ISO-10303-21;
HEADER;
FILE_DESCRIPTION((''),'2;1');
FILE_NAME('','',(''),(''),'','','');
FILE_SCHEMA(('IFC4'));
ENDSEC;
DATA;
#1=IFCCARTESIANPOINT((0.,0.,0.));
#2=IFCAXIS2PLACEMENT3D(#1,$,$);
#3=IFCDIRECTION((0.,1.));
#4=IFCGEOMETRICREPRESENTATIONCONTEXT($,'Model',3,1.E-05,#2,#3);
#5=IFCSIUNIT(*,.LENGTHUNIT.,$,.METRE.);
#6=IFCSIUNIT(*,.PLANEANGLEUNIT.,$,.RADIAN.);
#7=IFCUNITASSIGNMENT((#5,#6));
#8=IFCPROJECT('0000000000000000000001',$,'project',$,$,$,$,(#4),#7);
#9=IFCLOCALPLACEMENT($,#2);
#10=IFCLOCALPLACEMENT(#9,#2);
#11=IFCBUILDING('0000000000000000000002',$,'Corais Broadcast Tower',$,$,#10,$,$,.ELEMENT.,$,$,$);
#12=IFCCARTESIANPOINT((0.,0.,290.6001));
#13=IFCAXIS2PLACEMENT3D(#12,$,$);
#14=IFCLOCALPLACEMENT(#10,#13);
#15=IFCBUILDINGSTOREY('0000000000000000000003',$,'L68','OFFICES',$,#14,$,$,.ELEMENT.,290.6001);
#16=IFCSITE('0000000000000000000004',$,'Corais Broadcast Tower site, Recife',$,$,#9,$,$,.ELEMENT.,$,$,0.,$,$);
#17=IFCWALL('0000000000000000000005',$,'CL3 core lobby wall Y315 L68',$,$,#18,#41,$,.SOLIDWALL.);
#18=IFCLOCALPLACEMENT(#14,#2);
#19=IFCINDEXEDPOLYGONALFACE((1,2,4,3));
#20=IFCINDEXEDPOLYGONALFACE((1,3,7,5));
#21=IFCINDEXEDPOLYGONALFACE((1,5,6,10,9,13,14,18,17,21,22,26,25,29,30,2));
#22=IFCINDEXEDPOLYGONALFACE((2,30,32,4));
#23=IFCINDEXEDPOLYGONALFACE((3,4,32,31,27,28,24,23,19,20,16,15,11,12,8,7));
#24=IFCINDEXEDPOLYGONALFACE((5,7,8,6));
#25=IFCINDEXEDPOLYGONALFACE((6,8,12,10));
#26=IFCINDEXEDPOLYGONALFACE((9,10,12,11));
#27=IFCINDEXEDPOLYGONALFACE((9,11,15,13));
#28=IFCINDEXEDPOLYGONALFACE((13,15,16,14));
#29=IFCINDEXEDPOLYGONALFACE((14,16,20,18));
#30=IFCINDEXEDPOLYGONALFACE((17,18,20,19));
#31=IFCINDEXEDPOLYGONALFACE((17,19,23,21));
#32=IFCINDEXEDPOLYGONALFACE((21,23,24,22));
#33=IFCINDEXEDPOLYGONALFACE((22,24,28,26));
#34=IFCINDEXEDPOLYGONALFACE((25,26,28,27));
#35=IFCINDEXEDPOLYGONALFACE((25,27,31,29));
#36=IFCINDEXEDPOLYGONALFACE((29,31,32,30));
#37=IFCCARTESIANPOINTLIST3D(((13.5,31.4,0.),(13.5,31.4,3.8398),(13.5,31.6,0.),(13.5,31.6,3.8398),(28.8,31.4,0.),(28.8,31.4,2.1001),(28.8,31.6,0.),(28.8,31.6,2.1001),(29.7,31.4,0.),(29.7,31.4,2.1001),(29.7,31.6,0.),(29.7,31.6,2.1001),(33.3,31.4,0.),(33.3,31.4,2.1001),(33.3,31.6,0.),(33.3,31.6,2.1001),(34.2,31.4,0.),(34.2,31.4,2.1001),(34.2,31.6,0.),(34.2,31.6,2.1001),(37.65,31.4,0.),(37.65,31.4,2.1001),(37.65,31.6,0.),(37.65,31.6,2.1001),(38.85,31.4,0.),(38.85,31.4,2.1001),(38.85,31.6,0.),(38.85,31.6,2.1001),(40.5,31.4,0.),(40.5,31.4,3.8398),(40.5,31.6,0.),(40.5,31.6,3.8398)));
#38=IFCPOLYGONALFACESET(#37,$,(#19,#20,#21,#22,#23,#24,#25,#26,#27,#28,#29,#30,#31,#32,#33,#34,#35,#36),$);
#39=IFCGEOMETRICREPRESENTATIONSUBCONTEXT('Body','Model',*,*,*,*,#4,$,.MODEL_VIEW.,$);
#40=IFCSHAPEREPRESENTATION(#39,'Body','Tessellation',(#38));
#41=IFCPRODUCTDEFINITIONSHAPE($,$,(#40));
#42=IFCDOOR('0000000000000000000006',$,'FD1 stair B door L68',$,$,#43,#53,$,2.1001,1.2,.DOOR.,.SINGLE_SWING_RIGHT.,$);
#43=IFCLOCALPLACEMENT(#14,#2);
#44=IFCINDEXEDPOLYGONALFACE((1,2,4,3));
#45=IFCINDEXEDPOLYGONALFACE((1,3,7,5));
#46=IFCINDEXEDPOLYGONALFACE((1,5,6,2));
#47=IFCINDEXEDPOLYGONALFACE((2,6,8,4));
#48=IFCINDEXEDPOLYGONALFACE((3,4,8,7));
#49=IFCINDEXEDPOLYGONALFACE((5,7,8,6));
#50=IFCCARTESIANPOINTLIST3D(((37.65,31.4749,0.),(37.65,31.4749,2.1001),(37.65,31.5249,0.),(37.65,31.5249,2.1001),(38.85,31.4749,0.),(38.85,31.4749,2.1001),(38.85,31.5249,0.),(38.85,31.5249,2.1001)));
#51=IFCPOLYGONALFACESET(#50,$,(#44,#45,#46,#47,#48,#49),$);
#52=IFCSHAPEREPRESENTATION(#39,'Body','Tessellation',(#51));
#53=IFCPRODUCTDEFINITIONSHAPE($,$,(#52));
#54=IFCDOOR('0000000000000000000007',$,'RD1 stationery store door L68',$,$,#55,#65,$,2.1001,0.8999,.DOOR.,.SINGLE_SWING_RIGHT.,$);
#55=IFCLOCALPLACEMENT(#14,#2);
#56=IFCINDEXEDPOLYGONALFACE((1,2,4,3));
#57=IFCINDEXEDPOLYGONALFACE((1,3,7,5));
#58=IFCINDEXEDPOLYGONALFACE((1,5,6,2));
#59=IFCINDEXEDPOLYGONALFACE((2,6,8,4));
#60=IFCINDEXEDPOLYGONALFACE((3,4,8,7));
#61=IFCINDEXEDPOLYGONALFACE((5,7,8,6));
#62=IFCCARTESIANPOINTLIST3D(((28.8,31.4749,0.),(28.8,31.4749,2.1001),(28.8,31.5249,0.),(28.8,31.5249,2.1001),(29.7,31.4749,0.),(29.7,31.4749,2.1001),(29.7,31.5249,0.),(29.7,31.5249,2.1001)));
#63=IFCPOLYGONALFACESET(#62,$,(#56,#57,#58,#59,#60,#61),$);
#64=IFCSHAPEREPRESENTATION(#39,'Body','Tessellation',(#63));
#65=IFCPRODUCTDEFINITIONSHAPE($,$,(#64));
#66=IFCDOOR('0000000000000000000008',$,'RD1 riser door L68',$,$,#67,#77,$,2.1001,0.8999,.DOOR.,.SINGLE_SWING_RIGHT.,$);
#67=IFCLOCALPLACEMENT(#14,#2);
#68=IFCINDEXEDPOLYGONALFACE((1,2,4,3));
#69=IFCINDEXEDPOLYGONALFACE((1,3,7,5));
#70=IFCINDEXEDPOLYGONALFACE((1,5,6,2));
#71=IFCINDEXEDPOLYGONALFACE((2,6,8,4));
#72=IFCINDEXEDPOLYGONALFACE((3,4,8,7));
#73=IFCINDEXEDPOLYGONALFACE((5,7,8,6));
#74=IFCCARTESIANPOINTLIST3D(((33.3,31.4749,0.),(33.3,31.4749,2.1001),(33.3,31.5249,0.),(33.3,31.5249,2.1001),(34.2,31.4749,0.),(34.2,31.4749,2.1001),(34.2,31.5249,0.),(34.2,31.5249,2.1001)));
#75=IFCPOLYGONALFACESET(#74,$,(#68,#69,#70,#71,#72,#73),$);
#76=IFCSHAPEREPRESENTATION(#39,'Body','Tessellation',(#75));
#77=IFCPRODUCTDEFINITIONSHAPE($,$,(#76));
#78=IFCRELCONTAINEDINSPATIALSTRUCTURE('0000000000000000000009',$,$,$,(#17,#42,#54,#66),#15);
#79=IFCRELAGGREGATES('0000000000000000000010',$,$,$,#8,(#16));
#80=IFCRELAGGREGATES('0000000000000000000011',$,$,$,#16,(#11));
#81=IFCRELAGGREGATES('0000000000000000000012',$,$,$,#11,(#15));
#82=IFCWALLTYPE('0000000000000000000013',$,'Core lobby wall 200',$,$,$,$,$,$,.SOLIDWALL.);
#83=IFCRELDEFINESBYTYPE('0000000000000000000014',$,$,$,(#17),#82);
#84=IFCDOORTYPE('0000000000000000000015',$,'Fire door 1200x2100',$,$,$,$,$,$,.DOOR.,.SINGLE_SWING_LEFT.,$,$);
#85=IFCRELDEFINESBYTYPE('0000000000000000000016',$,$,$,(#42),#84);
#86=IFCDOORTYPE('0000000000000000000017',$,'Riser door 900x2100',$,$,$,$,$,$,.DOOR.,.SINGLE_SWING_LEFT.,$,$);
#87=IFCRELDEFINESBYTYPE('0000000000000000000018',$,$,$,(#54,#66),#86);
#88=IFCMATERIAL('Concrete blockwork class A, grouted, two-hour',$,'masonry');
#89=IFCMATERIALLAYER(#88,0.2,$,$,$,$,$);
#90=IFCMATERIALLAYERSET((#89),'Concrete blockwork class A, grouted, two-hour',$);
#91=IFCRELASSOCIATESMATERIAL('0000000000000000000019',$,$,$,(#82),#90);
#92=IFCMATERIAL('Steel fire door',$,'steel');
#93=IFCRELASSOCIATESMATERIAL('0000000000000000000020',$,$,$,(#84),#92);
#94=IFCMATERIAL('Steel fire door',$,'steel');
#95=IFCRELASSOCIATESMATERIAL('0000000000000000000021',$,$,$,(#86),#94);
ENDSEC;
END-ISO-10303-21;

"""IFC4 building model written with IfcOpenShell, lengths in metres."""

from ifc_helpers import new_model, si_unit, direction, frame, frame_2d, origin, place, context, subcontext, project, spatial, rectangle, extrude, material, layer, layer_set, type_object, element, fill, save


model = new_model("IFC4")

# Units and contexts
model_context = context("Model", 3, precision=1e-05, world=origin(), true_north=direction((0.0, 1.0)))
body_context = subcontext(model_context, "Body", "Model", "MODEL_VIEW")
ifc_project = project(units=[si_unit("LENGTHUNIT", "METRE"), si_unit("PLANEANGLEUNIT", "RADIAN")], contexts=[model_context])

# Site, building, storey
site_placement = place(None, origin())
site = spatial("IfcSite", under=ifc_project, at=site_placement, Name="Corais Broadcast Tower site, Recife", CompositionType="ELEMENT", RefElevation=0.0)
building_placement = place(site_placement, origin())
building = spatial("IfcBuilding", under=site, at=building_placement, Name="Corais Broadcast Tower", CompositionType="ELEMENT")
storey_placement = place(building_placement, frame((0.0, 0.0, 290.6001)))
storey = spatial("IfcBuildingStorey", under=building, at=storey_placement, Name="L68", Description="OFFICES", CompositionType="ELEMENT", Elevation=290.6001)

# Wall, openings, doors
ifc_material_1 = material(Name="Concrete blockwork class A, grouted, two-hour", Category="masonry")
ifc_layer_1 = layer(ifc_material_1, 0.2)
ifc_layer_set_1 = layer_set([ifc_layer_1], Name="Concrete blockwork class A, grouted, two-hour")
wall_type_1 = type_object("IfcWallType", Name="Core lobby wall 200", PredefinedType="SOLIDWALL", material=ifc_layer_set_1)
wall_1_placement = place(storey_placement, frame((13.5, 31.5, 0.0), z_axis=(0.0, 0.0, 1.0), x_axis=(1.0, 0.0, 0.0)))
wall_1 = element("IfcWall", 1, at=wall_1_placement, inside=storey, type_object=wall_type_1, Name="CL3 core lobby wall Y315 L68", PredefinedType="SOLIDWALL", context=body_context, shape_type="SweptSolid", body=[
    extrude(rectangle(XDim=27.0, YDim=0.2, at=frame_2d((13.5, 0.0))), origin(), (0.0, 0.0, 1.0), 3.8398),
])
opening_1_placement = place(wall_1_placement, frame((24.1499, 0.0, 0.0)))
opening_1 = element("IfcOpeningElement", 2, at=opening_1_placement, cuts=wall_1, PredefinedType="OPENING", context=body_context, shape_type="SweptSolid", body=[
    extrude(rectangle(XDim=1.2, YDim=2.1001, at=frame_2d((0.6001, 1.05))), frame((0.0, 0.1099, 0.0), z_axis=(0.0, -1.0, 0.0), x_axis=(1.0, 0.0, 0.0)), (0.0, 0.0, 1.0), 0.22),
])
opening_2_placement = place(wall_1_placement, frame((15.3, 0.0, 0.0)))
opening_2 = element("IfcOpeningElement", 3, at=opening_2_placement, cuts=wall_1, PredefinedType="OPENING", context=body_context, shape_type="SweptSolid", body=[
    extrude(rectangle(XDim=0.8999, YDim=2.1001, at=frame_2d((0.45, 1.05))), frame((0.0, 0.1099, 0.0), z_axis=(0.0, -1.0, 0.0), x_axis=(1.0, 0.0, 0.0)), (0.0, 0.0, 1.0), 0.22),
])
opening_3_placement = place(wall_1_placement, frame((19.8, 0.0, 0.0)))
opening_3 = element("IfcOpeningElement", 4, at=opening_3_placement, cuts=wall_1, PredefinedType="OPENING", context=body_context, shape_type="SweptSolid", body=[
    extrude(rectangle(XDim=0.8999, YDim=2.1001, at=frame_2d((0.45, 1.05))), frame((0.0, 0.1099, 0.0), z_axis=(0.0, -1.0, 0.0), x_axis=(1.0, 0.0, 0.0)), (0.0, 0.0, 1.0), 0.22),
])
ifc_material_2 = material(Name="Steel fire door", Category="steel")
door_type_1 = type_object("IfcDoorType", Name="Fire door 1200x2100", OperationType="SINGLE_SWING_LEFT", PredefinedType="DOOR", material=ifc_material_2)
door_1_placement = place(opening_1_placement, origin())
door_1 = element("IfcDoor", 5, at=door_1_placement, inside=storey, type_object=door_type_1, Name="FD1 stair B door L68", OperationType="SINGLE_SWING_RIGHT", OverallHeight=2.1001, OverallWidth=1.2, PredefinedType="DOOR", context=body_context, shape_type="SweptSolid", body=[
    extrude(rectangle(XDim=1.2, YDim=2.1001, at=frame_2d((0.6001, 1.05))), frame((0.0, 0.0249, 0.0), z_axis=(0.0, -1.0, 0.0), x_axis=(1.0, 0.0, 0.0)), (0.0, 0.0, 1.0), 0.05),
])
fill(opening_1, door_1)
ifc_material_3 = material(Name="Steel fire door", Category="steel")
door_type_2 = type_object("IfcDoorType", Name="Riser door 900x2100", OperationType="SINGLE_SWING_LEFT", PredefinedType="DOOR", material=ifc_material_3)
door_2_placement = place(opening_2_placement, origin())
door_2 = element("IfcDoor", 6, at=door_2_placement, inside=storey, type_object=door_type_2, Name="RD1 stationery store door L68", OperationType="SINGLE_SWING_RIGHT", OverallHeight=2.1001, OverallWidth=0.8999, PredefinedType="DOOR", context=body_context, shape_type="SweptSolid", body=[
    extrude(rectangle(XDim=0.8999, YDim=2.1001, at=frame_2d((0.45, 1.05))), frame((0.0, 0.0249, 0.0), z_axis=(0.0, -1.0, 0.0), x_axis=(1.0, 0.0, 0.0)), (0.0, 0.0, 1.0), 0.05),
])
fill(opening_2, door_2)
door_3_placement = place(opening_3_placement, origin())
door_3 = element("IfcDoor", 7, at=door_3_placement, inside=storey, type_object=door_type_2, Name="RD1 riser door L68", OperationType="SINGLE_SWING_RIGHT", OverallHeight=2.1001, OverallWidth=0.8999, PredefinedType="DOOR", context=body_context, shape_type="SweptSolid", body=[
    extrude(rectangle(XDim=0.8999, YDim=2.1001, at=frame_2d((0.45, 1.05))), frame((0.0, 0.0249, 0.0), z_axis=(0.0, -1.0, 0.0), x_axis=(1.0, 0.0, 0.0)), (0.0, 0.0, 1.0), 0.05),
])
fill(opening_3, door_3)

save(model, "model.ifc")
